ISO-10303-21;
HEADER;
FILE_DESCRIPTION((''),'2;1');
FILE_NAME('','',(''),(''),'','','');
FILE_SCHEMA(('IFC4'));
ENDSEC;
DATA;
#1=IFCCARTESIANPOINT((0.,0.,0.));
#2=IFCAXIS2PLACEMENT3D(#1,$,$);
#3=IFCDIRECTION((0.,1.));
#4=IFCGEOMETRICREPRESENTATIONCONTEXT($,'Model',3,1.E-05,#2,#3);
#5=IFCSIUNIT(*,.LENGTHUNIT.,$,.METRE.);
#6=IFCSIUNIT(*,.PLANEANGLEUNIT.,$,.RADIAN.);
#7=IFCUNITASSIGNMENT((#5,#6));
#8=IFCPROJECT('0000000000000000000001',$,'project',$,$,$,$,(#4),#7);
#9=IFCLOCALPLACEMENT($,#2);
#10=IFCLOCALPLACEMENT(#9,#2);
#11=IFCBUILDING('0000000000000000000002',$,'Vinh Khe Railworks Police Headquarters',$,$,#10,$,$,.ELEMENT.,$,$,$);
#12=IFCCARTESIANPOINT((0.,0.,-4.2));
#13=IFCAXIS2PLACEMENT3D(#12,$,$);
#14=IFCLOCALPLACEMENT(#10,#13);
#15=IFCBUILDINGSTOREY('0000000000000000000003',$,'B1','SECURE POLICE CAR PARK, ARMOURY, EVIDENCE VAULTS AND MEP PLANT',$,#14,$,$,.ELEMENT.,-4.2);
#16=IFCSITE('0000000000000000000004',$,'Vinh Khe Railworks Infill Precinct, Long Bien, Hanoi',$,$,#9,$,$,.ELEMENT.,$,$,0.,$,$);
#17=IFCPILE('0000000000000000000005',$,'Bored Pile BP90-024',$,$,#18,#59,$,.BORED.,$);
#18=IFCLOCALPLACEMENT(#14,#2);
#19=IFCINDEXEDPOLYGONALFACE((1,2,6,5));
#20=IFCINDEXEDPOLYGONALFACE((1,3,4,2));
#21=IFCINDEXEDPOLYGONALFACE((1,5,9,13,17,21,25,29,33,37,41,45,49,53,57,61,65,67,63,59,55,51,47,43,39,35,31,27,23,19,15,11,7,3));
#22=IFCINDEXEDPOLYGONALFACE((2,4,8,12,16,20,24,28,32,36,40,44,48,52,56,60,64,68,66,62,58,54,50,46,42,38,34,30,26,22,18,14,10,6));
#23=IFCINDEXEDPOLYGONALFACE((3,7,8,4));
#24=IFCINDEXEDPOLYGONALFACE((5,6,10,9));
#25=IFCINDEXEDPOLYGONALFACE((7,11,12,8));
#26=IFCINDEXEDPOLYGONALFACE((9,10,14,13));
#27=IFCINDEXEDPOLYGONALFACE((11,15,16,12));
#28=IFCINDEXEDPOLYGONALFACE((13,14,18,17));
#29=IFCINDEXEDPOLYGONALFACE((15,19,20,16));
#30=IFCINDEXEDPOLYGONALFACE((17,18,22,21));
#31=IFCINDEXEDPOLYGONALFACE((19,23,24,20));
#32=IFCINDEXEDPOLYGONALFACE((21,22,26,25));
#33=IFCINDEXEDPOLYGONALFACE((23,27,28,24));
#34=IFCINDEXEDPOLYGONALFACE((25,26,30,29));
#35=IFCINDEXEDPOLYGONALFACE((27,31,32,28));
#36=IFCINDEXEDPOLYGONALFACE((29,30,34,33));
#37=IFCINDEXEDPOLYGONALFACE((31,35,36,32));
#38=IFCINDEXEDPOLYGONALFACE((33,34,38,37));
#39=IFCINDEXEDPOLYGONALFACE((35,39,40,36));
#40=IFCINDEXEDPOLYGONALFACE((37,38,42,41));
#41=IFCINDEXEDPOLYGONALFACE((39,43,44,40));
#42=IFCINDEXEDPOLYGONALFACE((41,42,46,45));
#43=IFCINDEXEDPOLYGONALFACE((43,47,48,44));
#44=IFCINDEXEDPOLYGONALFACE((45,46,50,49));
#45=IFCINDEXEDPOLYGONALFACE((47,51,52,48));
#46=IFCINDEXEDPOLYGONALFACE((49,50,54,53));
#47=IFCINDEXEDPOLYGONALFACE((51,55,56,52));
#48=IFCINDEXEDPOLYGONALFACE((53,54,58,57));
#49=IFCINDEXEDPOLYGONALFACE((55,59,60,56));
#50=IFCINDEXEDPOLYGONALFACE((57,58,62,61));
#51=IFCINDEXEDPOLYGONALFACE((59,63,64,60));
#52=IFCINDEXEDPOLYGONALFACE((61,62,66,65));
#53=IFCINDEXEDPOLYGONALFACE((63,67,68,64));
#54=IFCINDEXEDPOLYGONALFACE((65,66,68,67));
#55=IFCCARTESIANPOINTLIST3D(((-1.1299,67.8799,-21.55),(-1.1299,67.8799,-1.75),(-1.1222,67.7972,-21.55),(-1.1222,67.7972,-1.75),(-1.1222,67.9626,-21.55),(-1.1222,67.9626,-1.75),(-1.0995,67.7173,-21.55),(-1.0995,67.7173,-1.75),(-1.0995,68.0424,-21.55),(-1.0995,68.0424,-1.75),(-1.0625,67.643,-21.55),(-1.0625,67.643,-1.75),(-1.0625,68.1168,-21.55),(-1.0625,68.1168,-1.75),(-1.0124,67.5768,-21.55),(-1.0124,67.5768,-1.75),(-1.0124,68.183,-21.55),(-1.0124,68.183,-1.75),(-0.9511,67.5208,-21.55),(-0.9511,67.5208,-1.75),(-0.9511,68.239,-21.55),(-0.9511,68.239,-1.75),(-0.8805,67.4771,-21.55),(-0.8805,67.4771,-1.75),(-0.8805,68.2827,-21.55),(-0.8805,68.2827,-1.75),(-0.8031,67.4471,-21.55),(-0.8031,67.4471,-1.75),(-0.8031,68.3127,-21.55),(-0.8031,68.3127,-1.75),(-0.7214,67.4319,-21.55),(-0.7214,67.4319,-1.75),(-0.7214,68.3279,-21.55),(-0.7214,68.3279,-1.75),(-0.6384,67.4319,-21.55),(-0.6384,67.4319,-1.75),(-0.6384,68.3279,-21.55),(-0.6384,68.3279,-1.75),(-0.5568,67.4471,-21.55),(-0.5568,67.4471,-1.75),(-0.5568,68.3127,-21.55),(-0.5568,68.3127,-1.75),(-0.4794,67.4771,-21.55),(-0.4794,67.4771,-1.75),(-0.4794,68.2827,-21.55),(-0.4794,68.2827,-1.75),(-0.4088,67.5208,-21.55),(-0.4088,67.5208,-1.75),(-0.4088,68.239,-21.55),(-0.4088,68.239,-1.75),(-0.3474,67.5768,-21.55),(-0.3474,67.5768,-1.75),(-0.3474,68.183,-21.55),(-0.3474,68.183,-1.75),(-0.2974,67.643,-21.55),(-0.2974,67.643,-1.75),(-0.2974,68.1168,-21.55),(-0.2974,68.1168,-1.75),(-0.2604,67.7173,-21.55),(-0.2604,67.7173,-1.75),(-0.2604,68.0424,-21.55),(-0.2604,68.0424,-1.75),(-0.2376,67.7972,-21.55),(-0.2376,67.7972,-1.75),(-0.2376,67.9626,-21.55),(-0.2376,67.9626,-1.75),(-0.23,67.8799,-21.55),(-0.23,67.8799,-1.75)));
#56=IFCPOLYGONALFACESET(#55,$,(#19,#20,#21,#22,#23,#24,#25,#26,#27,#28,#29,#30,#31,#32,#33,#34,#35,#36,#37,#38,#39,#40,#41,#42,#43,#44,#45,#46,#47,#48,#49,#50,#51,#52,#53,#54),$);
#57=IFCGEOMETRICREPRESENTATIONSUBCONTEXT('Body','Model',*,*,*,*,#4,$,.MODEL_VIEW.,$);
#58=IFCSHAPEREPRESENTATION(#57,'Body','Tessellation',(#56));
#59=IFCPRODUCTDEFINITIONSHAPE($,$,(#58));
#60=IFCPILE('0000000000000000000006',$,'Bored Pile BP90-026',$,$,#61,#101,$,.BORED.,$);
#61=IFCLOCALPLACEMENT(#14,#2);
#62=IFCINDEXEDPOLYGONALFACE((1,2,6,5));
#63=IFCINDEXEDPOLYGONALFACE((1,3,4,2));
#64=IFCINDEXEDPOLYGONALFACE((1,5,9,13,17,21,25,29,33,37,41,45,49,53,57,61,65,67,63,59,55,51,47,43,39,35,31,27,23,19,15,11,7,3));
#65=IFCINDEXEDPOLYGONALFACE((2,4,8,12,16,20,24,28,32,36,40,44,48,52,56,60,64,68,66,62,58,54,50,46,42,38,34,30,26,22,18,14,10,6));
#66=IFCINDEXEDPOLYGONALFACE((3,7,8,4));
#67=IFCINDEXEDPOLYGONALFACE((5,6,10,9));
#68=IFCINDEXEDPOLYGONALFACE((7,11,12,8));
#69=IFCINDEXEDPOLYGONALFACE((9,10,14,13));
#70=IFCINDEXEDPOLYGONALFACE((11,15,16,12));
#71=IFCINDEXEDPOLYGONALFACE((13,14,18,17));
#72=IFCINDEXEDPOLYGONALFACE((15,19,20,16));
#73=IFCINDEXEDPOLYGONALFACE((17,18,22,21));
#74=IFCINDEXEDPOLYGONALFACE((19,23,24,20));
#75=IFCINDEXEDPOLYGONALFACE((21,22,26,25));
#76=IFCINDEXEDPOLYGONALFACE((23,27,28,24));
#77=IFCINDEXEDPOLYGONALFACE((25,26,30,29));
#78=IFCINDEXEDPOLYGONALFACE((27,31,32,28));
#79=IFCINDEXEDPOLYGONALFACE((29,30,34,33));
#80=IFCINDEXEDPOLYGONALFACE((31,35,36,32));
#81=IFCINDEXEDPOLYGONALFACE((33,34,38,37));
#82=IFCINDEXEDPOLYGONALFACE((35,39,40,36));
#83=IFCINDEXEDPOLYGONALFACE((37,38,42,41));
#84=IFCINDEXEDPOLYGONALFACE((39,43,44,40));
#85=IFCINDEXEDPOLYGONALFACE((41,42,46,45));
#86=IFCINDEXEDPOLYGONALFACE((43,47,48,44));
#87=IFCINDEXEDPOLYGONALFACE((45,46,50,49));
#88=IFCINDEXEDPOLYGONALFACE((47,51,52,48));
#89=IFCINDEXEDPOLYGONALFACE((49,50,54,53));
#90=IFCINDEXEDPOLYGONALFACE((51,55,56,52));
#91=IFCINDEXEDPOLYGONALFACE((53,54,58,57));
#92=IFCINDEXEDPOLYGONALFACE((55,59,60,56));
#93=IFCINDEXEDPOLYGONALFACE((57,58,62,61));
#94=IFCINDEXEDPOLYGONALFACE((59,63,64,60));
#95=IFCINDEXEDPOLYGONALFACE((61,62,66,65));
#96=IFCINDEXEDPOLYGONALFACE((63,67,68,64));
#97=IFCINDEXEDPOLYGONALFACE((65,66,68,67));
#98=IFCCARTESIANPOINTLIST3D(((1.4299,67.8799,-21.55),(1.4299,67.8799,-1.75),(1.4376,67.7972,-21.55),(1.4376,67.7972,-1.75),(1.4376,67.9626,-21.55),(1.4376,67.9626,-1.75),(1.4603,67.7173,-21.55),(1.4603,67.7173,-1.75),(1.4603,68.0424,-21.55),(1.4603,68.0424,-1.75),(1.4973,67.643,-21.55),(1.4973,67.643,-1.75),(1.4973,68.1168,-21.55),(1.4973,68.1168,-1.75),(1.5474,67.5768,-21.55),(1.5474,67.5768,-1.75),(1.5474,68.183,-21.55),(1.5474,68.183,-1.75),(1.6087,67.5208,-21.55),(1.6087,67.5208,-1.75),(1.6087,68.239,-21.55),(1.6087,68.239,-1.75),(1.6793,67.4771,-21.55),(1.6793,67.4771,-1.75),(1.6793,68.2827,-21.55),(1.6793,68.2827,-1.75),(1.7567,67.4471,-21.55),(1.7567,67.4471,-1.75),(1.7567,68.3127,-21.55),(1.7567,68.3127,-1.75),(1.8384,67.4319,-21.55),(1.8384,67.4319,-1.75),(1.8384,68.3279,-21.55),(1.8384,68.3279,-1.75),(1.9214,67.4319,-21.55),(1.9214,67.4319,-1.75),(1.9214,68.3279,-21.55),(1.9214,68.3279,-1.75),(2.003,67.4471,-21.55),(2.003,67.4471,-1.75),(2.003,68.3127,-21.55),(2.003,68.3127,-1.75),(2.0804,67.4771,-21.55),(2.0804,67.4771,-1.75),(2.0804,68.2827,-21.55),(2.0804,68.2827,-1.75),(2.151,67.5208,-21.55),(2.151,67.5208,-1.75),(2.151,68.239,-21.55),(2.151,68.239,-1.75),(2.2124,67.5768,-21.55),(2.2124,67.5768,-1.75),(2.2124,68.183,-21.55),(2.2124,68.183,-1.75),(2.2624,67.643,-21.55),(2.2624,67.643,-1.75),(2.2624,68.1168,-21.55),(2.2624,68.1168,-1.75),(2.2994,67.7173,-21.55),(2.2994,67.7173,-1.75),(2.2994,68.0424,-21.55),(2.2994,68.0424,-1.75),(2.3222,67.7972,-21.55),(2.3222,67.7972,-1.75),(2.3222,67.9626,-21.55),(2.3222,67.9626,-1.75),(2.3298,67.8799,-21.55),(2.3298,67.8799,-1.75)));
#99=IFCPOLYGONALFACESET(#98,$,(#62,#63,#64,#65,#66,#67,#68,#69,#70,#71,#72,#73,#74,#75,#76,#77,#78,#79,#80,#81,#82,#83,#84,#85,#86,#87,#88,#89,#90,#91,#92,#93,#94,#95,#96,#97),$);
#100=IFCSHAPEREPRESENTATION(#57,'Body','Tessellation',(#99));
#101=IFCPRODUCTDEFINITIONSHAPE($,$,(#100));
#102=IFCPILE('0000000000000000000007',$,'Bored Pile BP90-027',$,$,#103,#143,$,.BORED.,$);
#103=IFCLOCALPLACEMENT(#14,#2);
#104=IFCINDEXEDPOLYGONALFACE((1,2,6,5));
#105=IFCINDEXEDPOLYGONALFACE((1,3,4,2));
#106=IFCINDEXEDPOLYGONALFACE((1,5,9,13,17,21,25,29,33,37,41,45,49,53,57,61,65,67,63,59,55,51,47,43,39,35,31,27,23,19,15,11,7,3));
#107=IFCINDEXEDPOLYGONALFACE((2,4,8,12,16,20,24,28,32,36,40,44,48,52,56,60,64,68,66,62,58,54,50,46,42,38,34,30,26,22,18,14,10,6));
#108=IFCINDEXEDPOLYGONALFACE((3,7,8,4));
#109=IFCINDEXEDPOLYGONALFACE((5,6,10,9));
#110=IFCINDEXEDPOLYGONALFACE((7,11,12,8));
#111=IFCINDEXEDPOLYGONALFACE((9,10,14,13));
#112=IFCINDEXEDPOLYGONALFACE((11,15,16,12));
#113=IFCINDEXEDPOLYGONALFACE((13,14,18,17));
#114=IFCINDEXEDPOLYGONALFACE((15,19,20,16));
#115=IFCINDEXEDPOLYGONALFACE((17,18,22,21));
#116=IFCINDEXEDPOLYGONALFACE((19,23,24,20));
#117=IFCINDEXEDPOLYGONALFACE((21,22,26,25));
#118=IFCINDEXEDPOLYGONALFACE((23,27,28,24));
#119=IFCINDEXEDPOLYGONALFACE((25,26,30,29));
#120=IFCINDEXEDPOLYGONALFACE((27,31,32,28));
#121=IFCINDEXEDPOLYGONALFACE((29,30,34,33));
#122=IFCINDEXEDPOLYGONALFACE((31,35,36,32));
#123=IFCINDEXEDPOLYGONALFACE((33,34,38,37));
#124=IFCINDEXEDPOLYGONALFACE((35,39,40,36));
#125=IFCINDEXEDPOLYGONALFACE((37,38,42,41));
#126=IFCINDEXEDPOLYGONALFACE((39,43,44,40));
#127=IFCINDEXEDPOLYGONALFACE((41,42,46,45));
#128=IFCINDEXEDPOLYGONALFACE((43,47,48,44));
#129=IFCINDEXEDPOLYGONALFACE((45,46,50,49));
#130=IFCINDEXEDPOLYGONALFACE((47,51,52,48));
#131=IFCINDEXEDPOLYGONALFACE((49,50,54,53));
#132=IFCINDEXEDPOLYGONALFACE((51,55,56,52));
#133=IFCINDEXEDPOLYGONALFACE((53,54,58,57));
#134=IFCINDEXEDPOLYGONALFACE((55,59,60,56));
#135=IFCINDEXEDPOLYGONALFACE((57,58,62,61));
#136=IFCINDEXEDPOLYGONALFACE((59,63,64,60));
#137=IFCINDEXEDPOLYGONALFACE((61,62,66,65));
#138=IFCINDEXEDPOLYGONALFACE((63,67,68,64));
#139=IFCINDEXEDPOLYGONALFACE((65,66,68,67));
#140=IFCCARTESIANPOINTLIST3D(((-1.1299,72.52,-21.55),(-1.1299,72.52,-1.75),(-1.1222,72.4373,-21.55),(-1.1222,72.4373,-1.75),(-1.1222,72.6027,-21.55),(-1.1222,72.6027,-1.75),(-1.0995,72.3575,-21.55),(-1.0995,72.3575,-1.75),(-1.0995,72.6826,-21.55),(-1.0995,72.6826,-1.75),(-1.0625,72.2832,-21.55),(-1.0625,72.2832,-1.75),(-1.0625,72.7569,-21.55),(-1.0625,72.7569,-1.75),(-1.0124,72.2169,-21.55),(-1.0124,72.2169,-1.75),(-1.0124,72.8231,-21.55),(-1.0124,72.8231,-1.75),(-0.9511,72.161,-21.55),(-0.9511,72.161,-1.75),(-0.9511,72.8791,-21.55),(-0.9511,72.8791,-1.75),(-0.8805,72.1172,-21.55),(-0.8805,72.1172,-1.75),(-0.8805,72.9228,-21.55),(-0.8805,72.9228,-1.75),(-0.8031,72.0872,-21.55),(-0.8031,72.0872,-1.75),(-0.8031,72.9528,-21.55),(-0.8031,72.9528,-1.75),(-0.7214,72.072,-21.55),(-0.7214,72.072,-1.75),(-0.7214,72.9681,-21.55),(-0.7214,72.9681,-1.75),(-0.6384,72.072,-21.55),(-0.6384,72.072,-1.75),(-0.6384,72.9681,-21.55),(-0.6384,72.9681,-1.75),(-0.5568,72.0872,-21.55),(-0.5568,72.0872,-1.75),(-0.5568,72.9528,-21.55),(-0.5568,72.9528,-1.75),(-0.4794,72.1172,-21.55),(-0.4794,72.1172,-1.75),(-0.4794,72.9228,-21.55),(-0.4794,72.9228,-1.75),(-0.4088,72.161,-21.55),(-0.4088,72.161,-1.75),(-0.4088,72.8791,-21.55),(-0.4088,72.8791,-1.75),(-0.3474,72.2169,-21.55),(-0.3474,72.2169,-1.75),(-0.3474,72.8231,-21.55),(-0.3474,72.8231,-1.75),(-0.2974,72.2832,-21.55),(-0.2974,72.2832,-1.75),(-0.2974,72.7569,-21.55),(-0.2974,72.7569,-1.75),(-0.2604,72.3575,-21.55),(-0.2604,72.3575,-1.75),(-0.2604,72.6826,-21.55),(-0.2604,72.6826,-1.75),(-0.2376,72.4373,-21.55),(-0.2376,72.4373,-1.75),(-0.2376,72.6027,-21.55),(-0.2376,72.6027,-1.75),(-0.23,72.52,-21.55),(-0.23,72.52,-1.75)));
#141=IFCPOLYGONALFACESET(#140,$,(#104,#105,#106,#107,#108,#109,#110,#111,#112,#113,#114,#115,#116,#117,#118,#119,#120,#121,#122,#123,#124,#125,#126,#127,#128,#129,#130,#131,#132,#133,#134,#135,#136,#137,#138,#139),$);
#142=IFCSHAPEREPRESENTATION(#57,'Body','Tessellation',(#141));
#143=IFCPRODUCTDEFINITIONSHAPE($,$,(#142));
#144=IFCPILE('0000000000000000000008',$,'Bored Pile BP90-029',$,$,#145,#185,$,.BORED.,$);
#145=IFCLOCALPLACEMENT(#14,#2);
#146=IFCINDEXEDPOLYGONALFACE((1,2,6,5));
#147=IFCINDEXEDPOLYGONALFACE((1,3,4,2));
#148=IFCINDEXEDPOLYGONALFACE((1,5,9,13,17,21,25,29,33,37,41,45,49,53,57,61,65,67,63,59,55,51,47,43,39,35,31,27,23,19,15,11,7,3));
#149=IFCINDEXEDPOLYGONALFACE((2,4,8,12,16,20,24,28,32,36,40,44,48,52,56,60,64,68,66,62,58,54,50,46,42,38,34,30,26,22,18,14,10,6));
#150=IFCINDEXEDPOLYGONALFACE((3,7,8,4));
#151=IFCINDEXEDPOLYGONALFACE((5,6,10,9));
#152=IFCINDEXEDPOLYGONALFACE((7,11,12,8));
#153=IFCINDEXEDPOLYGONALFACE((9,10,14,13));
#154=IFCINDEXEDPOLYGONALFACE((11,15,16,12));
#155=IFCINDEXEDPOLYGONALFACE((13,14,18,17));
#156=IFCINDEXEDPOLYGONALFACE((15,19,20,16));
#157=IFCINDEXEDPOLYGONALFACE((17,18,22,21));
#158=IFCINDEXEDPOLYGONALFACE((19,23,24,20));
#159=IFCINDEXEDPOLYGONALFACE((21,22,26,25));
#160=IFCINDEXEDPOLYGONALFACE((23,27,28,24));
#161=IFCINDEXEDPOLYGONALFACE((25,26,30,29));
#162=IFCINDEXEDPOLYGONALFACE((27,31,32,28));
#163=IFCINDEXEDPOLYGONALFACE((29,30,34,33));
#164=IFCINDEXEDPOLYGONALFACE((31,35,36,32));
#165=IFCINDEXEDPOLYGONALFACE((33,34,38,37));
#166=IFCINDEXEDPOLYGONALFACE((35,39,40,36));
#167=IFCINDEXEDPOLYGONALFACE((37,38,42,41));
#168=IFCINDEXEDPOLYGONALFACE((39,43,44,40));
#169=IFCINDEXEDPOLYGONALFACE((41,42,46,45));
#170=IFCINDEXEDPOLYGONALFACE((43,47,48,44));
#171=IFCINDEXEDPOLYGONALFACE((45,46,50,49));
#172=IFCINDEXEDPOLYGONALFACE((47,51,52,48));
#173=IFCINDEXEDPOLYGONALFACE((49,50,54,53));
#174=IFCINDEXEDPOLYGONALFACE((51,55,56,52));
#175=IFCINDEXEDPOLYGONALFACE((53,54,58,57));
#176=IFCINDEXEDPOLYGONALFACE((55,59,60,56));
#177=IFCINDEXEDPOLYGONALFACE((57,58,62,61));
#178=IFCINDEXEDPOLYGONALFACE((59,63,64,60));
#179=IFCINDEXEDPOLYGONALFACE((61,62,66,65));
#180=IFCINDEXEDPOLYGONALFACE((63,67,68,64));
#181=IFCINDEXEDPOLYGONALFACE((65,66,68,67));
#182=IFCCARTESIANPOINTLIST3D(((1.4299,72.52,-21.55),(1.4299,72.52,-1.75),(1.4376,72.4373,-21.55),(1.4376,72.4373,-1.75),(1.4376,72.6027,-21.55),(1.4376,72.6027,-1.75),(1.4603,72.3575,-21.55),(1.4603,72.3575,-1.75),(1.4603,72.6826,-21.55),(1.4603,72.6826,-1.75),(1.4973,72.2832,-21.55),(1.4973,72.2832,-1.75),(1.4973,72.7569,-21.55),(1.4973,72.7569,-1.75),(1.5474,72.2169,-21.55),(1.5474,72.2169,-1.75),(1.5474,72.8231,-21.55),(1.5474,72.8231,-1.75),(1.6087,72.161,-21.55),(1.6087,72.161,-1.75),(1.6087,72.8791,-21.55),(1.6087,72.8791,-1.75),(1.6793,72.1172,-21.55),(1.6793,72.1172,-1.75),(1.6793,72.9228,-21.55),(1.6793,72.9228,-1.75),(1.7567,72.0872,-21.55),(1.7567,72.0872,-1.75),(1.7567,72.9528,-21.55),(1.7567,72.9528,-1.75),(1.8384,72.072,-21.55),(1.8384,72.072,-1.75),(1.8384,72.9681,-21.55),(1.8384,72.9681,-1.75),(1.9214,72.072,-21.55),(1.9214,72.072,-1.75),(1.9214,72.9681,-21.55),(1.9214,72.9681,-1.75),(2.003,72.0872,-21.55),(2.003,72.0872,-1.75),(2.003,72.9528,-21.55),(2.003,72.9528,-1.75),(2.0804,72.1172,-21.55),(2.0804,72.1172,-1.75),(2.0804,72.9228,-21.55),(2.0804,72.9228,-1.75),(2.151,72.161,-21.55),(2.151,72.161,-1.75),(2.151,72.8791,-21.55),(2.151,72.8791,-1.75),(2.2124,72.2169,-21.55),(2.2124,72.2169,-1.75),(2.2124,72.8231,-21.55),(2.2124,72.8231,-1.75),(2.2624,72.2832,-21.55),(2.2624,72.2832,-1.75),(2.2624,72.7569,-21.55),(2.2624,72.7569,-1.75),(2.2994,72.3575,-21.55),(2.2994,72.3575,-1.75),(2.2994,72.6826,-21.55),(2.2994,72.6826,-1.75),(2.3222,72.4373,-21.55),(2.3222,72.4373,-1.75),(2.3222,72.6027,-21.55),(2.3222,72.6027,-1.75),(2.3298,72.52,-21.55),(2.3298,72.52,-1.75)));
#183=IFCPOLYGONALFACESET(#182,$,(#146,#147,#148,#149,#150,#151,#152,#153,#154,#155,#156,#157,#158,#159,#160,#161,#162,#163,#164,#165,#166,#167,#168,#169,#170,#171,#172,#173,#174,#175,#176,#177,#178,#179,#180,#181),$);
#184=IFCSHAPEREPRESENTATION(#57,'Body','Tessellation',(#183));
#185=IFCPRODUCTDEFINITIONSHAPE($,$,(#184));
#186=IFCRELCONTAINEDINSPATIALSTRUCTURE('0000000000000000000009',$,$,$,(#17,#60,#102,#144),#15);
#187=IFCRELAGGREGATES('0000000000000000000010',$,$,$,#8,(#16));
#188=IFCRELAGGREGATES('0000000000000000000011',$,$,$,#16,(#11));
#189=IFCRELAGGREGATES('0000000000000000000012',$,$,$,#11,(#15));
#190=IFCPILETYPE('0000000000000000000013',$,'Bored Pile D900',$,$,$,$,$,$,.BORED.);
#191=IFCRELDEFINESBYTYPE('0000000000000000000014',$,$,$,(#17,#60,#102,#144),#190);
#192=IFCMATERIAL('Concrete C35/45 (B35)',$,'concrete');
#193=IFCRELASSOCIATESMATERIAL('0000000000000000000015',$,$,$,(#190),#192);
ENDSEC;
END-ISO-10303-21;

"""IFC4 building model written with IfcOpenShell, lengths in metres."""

from ifc_helpers import new_model, si_unit, direction, frame, origin, origin_2d, place, context, subcontext, project, spatial, circle, extrude, material, material_profile, profile_set, type_object, element, save


model = new_model("IFC4")

# Units and contexts
model_context = context("Model", 3, precision=1e-05, world=origin(), true_north=direction((0.0, 1.0)))
body_context = subcontext(model_context, "Body", "Model", "MODEL_VIEW")
ifc_project = project(units=[si_unit("LENGTHUNIT", "METRE"), si_unit("PLANEANGLEUNIT", "RADIAN")], contexts=[model_context])

# Site, building, storey
site_placement = place(None, origin())
site = spatial("IfcSite", under=ifc_project, at=site_placement, Name="Vinh Khe Railworks Infill Precinct, Long Bien, Hanoi", CompositionType="ELEMENT", RefElevation=0.0)
building_placement = place(site_placement, origin())
building = spatial("IfcBuilding", under=site, at=building_placement, Name="Vinh Khe Railworks Police Headquarters", CompositionType="ELEMENT")
storey_placement = place(building_placement, frame((0.0, 0.0, -4.2)))
storey = spatial("IfcBuildingStorey", under=building, at=storey_placement, Name="B1", Description="SECURE POLICE CAR PARK, ARMOURY, EVIDENCE VAULTS AND MEP PLANT", CompositionType="ELEMENT", Elevation=-4.2)

# Piles
ifc_material_1 = material(Name="Concrete C35/45 (B35)", Category="concrete")
ifc_material_profile_1 = material_profile(ifc_material_1, circle(Radius=0.45, at=origin_2d()), Name="BORED PILE D900")
ifc_profile_set_1 = profile_set([ifc_material_profile_1], Name="Concrete C35/45 (B35)")
pile_type = type_object("IfcPileType", Name="Bored Pile D900", PredefinedType="BORED", material=ifc_profile_set_1)
for number, where, z_axis, x_axis, name in (
    (1, (-0.6799, 67.8799, -1.75), (0.0, 0.0, -1.0), (1.0, 0.0, 0.0), "Bored Pile BP90-024"),
    (2, (1.8799, 67.8799, -1.75), (0.0, 0.0, -1.0), (1.0, 0.0, 0.0), "Bored Pile BP90-026"),
    (3, (-0.6799, 72.52, -1.75), (0.0, 0.0, -1.0), (1.0, 0.0, 0.0), "Bored Pile BP90-027"),
    (4, (1.8799, 72.52, -1.75), (0.0, 0.0, -1.0), (1.0, 0.0, 0.0), "Bored Pile BP90-029"),
):
    element("IfcPile", number, at=place(storey_placement, frame(where, z_axis=z_axis, x_axis=x_axis)), inside=storey, type_object=pile_type, Name=name, PredefinedType="BORED", context=body_context, shape_type="SweptSolid", body=[
        extrude(circle(Radius=0.45, at=origin_2d()), origin(), (0.0, 0.0, 1.0), 19.8),
    ])

save(model, "model.ifc")
